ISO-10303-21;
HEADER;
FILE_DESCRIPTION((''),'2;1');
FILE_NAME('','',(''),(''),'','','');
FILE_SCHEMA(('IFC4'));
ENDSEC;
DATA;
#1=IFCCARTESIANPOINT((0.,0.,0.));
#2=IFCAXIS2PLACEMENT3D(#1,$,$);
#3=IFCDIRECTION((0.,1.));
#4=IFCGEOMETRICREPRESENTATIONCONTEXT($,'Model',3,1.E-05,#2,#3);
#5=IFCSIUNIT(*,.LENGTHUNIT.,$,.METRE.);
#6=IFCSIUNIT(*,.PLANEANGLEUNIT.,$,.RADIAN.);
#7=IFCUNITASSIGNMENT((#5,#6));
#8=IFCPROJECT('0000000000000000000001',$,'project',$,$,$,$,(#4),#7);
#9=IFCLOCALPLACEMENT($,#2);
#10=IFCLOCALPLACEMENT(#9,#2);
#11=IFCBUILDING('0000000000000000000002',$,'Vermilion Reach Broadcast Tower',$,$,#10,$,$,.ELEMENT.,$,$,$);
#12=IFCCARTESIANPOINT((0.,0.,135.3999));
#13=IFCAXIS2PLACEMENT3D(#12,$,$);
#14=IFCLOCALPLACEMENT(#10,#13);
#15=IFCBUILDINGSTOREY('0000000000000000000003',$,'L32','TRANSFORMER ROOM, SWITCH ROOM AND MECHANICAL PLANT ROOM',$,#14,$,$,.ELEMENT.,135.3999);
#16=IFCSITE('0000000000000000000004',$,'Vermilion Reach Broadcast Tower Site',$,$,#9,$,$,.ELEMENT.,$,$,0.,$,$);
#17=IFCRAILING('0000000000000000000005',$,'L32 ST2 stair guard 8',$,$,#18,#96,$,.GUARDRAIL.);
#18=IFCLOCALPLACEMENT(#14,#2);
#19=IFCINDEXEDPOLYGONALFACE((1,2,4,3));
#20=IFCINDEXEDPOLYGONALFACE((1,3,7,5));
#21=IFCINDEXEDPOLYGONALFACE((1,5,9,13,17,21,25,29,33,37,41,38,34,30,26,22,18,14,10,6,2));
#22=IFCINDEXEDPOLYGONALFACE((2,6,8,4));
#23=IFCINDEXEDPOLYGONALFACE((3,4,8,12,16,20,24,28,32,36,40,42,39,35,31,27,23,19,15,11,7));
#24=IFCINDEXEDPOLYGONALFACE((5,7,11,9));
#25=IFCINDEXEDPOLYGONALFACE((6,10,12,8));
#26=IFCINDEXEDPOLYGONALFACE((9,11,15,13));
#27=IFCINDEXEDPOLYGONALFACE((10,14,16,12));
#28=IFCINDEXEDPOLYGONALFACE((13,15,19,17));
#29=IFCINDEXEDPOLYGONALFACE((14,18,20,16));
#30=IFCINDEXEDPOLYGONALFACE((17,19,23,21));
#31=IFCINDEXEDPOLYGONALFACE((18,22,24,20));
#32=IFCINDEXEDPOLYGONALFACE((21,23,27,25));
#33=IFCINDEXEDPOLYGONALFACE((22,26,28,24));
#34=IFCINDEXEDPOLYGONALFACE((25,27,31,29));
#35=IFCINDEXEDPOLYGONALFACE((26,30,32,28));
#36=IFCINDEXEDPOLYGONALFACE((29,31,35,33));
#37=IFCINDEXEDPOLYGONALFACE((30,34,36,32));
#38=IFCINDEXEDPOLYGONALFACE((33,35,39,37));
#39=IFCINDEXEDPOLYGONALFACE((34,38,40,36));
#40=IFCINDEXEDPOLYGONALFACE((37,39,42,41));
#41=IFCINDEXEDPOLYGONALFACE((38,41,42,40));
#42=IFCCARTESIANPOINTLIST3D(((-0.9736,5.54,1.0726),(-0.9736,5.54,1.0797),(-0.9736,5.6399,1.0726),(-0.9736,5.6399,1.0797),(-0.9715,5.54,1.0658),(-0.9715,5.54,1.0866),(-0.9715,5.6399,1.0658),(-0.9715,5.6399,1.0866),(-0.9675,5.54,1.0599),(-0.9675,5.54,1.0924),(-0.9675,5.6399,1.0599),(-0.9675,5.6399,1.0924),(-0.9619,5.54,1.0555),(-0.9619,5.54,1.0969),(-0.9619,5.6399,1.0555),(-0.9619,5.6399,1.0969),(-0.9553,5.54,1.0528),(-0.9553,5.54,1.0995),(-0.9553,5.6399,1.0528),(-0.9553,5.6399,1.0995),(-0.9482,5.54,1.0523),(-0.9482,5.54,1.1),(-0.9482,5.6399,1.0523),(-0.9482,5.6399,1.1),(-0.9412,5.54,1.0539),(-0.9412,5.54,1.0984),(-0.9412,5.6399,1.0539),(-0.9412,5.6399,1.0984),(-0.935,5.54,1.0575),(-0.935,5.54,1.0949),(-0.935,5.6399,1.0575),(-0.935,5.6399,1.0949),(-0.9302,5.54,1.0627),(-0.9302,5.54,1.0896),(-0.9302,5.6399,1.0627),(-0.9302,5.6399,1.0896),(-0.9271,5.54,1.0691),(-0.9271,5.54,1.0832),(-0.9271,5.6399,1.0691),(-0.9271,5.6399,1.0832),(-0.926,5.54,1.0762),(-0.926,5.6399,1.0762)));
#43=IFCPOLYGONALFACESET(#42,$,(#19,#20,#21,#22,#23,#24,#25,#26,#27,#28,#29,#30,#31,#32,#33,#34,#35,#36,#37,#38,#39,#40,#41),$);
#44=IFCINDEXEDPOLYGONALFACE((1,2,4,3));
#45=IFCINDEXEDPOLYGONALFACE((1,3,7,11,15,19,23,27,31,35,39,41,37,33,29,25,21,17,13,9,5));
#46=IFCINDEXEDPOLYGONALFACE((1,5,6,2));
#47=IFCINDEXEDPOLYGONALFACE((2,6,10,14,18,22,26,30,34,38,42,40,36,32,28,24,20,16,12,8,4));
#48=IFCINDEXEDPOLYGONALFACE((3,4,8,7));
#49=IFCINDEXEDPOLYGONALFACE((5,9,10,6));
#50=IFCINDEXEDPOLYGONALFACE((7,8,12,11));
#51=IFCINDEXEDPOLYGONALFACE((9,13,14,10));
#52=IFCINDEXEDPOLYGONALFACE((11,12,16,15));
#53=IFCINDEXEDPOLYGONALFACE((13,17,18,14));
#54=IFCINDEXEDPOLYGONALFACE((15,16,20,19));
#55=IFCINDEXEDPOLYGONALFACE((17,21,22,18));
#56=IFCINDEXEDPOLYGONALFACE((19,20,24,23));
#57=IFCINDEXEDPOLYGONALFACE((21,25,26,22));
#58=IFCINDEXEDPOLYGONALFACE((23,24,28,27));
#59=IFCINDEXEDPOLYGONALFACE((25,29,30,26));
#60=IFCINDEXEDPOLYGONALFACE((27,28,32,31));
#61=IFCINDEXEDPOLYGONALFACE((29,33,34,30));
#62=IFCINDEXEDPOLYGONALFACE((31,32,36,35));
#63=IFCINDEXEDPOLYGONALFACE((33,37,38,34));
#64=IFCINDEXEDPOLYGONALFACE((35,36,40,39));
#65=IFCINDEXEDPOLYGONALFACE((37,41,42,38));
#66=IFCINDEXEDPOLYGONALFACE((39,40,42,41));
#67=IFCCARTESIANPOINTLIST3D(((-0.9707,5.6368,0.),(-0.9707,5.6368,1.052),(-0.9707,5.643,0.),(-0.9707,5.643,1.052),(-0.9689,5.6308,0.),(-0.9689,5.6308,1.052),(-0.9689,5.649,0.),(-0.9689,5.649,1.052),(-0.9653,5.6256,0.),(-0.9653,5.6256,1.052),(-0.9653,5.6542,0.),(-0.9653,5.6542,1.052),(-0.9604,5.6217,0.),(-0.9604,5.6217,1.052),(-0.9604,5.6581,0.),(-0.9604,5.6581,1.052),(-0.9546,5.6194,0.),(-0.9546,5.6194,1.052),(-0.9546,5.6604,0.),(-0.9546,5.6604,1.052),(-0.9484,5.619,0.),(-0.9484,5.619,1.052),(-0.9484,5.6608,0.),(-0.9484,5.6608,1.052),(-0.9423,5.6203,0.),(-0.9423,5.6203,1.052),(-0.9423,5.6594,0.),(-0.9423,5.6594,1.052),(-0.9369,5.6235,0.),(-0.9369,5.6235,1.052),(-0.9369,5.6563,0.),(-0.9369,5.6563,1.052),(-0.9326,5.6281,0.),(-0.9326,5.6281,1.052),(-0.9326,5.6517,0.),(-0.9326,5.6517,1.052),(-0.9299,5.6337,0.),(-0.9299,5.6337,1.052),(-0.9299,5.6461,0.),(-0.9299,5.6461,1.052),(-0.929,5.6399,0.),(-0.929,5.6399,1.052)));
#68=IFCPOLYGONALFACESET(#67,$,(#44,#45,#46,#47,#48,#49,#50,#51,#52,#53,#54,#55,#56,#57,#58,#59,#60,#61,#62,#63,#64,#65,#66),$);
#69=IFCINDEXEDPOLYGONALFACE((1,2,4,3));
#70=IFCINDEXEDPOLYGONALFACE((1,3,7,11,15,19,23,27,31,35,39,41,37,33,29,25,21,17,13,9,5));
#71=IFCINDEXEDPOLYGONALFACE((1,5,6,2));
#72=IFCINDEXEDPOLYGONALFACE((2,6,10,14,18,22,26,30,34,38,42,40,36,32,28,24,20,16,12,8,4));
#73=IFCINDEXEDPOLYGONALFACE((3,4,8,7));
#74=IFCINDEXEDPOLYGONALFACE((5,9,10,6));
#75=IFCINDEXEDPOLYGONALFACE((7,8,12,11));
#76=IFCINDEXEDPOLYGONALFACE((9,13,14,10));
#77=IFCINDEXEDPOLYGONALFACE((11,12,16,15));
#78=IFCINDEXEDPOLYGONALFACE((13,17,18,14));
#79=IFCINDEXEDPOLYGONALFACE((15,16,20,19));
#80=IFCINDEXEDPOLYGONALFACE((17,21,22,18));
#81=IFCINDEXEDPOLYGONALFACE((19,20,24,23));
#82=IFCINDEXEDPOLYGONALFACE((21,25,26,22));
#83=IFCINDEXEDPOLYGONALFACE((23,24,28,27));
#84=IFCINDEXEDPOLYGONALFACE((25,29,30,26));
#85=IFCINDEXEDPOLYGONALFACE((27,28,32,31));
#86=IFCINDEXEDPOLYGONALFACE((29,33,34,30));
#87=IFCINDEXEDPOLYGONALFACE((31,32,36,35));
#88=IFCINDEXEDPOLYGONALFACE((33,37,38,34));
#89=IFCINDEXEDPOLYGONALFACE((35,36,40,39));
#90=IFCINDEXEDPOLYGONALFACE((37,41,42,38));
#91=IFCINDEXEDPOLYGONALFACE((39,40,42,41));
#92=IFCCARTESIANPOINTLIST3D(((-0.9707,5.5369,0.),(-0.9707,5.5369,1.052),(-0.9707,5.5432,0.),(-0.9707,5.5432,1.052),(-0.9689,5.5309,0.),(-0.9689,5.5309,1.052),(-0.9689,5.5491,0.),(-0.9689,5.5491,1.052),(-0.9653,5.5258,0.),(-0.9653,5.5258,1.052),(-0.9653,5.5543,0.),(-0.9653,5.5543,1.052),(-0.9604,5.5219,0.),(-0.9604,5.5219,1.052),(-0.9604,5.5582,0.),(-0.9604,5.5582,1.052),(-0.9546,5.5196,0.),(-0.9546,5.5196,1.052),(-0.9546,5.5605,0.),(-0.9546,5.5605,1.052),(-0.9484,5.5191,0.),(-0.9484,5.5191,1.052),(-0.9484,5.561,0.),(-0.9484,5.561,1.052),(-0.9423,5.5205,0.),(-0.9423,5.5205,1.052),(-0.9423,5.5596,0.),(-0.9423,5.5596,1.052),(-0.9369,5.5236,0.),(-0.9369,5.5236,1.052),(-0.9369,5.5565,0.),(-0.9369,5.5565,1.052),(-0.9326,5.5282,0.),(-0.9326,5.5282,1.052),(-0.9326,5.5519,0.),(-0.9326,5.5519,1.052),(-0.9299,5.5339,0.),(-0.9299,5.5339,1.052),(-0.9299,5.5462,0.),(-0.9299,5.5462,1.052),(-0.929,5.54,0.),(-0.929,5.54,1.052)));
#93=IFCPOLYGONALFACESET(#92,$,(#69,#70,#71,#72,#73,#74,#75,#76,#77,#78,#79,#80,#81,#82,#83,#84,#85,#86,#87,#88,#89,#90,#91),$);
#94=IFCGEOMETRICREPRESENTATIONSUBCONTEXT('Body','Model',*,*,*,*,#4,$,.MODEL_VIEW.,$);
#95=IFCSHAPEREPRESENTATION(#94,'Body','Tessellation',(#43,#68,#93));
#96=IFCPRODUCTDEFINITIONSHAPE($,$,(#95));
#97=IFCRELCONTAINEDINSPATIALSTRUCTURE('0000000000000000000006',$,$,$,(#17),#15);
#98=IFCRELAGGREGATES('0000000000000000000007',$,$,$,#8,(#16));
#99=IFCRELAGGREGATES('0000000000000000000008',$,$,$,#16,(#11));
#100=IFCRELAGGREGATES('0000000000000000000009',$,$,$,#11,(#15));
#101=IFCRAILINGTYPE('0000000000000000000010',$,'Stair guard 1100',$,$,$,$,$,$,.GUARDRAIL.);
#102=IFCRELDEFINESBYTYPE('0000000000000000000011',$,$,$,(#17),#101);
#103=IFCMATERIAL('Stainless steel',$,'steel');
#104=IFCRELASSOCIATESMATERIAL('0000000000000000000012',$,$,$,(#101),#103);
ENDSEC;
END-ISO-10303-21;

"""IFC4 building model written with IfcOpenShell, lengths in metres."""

from ifc_helpers import new_model, si_unit, direction, frame, origin, origin_2d, place, context, subcontext, project, spatial, circle, extrude, material, type_object, element, save


model = new_model("IFC4")

# Units and contexts
model_context = context("Model", 3, precision=1e-05, world=origin(), true_north=direction((0.0, 1.0)))
body_context = subcontext(model_context, "Body", "Model", "MODEL_VIEW")
ifc_project = project(units=[si_unit("LENGTHUNIT", "METRE"), si_unit("PLANEANGLEUNIT", "RADIAN")], contexts=[model_context])

# Site, building, storey
site_placement = place(None, origin())
site = spatial("IfcSite", under=ifc_project, at=site_placement, Name="Vermilion Reach Broadcast Tower Site", CompositionType="ELEMENT", RefElevation=0.0)
building_placement = place(site_placement, origin())
building = spatial("IfcBuilding", under=site, at=building_placement, Name="Vermilion Reach Broadcast Tower", CompositionType="ELEMENT")
storey_placement = place(building_placement, frame((0.0, 0.0, 135.3999)))
storey = spatial("IfcBuildingStorey", under=building, at=storey_placement, Name="L32", Description="TRANSFORMER ROOM, SWITCH ROOM AND MECHANICAL PLANT ROOM", CompositionType="ELEMENT", Elevation=135.3999)

# Railing
ifc_material_1 = material(Name="Stainless steel", Category="steel")
railing_type_1 = type_object("IfcRailingType", Name="Stair guard 1100", PredefinedType="GUARDRAIL", material=ifc_material_1)
railing_1_placement = place(storey_placement, frame((-0.95, 5.6399, 0.0)))
element("IfcRailing", 1, at=railing_1_placement, inside=storey, type_object=railing_type_1, Name="L32 ST2 stair guard 8", PredefinedType="GUARDRAIL", context=body_context, shape_type="SweptSolid", body=[
    extrude(circle(Radius=0.0239, at=origin_2d()), frame((0.0, 0.0, 1.0762), z_axis=(0.0, -1.0, 0.0), x_axis=(1.0, 0.0, 0.0)), (0.0, 0.0, 1.0), 0.0999),
    extrude(circle(Radius=0.021, at=origin_2d()), origin(), (0.0, 0.0, 1.0), 1.052),
    extrude(circle(Radius=0.021, at=origin_2d()), frame((0.0, -0.0999, 0.0)), (0.0, 0.0, 1.0), 1.052),
])

save(model, "model.ifc")
